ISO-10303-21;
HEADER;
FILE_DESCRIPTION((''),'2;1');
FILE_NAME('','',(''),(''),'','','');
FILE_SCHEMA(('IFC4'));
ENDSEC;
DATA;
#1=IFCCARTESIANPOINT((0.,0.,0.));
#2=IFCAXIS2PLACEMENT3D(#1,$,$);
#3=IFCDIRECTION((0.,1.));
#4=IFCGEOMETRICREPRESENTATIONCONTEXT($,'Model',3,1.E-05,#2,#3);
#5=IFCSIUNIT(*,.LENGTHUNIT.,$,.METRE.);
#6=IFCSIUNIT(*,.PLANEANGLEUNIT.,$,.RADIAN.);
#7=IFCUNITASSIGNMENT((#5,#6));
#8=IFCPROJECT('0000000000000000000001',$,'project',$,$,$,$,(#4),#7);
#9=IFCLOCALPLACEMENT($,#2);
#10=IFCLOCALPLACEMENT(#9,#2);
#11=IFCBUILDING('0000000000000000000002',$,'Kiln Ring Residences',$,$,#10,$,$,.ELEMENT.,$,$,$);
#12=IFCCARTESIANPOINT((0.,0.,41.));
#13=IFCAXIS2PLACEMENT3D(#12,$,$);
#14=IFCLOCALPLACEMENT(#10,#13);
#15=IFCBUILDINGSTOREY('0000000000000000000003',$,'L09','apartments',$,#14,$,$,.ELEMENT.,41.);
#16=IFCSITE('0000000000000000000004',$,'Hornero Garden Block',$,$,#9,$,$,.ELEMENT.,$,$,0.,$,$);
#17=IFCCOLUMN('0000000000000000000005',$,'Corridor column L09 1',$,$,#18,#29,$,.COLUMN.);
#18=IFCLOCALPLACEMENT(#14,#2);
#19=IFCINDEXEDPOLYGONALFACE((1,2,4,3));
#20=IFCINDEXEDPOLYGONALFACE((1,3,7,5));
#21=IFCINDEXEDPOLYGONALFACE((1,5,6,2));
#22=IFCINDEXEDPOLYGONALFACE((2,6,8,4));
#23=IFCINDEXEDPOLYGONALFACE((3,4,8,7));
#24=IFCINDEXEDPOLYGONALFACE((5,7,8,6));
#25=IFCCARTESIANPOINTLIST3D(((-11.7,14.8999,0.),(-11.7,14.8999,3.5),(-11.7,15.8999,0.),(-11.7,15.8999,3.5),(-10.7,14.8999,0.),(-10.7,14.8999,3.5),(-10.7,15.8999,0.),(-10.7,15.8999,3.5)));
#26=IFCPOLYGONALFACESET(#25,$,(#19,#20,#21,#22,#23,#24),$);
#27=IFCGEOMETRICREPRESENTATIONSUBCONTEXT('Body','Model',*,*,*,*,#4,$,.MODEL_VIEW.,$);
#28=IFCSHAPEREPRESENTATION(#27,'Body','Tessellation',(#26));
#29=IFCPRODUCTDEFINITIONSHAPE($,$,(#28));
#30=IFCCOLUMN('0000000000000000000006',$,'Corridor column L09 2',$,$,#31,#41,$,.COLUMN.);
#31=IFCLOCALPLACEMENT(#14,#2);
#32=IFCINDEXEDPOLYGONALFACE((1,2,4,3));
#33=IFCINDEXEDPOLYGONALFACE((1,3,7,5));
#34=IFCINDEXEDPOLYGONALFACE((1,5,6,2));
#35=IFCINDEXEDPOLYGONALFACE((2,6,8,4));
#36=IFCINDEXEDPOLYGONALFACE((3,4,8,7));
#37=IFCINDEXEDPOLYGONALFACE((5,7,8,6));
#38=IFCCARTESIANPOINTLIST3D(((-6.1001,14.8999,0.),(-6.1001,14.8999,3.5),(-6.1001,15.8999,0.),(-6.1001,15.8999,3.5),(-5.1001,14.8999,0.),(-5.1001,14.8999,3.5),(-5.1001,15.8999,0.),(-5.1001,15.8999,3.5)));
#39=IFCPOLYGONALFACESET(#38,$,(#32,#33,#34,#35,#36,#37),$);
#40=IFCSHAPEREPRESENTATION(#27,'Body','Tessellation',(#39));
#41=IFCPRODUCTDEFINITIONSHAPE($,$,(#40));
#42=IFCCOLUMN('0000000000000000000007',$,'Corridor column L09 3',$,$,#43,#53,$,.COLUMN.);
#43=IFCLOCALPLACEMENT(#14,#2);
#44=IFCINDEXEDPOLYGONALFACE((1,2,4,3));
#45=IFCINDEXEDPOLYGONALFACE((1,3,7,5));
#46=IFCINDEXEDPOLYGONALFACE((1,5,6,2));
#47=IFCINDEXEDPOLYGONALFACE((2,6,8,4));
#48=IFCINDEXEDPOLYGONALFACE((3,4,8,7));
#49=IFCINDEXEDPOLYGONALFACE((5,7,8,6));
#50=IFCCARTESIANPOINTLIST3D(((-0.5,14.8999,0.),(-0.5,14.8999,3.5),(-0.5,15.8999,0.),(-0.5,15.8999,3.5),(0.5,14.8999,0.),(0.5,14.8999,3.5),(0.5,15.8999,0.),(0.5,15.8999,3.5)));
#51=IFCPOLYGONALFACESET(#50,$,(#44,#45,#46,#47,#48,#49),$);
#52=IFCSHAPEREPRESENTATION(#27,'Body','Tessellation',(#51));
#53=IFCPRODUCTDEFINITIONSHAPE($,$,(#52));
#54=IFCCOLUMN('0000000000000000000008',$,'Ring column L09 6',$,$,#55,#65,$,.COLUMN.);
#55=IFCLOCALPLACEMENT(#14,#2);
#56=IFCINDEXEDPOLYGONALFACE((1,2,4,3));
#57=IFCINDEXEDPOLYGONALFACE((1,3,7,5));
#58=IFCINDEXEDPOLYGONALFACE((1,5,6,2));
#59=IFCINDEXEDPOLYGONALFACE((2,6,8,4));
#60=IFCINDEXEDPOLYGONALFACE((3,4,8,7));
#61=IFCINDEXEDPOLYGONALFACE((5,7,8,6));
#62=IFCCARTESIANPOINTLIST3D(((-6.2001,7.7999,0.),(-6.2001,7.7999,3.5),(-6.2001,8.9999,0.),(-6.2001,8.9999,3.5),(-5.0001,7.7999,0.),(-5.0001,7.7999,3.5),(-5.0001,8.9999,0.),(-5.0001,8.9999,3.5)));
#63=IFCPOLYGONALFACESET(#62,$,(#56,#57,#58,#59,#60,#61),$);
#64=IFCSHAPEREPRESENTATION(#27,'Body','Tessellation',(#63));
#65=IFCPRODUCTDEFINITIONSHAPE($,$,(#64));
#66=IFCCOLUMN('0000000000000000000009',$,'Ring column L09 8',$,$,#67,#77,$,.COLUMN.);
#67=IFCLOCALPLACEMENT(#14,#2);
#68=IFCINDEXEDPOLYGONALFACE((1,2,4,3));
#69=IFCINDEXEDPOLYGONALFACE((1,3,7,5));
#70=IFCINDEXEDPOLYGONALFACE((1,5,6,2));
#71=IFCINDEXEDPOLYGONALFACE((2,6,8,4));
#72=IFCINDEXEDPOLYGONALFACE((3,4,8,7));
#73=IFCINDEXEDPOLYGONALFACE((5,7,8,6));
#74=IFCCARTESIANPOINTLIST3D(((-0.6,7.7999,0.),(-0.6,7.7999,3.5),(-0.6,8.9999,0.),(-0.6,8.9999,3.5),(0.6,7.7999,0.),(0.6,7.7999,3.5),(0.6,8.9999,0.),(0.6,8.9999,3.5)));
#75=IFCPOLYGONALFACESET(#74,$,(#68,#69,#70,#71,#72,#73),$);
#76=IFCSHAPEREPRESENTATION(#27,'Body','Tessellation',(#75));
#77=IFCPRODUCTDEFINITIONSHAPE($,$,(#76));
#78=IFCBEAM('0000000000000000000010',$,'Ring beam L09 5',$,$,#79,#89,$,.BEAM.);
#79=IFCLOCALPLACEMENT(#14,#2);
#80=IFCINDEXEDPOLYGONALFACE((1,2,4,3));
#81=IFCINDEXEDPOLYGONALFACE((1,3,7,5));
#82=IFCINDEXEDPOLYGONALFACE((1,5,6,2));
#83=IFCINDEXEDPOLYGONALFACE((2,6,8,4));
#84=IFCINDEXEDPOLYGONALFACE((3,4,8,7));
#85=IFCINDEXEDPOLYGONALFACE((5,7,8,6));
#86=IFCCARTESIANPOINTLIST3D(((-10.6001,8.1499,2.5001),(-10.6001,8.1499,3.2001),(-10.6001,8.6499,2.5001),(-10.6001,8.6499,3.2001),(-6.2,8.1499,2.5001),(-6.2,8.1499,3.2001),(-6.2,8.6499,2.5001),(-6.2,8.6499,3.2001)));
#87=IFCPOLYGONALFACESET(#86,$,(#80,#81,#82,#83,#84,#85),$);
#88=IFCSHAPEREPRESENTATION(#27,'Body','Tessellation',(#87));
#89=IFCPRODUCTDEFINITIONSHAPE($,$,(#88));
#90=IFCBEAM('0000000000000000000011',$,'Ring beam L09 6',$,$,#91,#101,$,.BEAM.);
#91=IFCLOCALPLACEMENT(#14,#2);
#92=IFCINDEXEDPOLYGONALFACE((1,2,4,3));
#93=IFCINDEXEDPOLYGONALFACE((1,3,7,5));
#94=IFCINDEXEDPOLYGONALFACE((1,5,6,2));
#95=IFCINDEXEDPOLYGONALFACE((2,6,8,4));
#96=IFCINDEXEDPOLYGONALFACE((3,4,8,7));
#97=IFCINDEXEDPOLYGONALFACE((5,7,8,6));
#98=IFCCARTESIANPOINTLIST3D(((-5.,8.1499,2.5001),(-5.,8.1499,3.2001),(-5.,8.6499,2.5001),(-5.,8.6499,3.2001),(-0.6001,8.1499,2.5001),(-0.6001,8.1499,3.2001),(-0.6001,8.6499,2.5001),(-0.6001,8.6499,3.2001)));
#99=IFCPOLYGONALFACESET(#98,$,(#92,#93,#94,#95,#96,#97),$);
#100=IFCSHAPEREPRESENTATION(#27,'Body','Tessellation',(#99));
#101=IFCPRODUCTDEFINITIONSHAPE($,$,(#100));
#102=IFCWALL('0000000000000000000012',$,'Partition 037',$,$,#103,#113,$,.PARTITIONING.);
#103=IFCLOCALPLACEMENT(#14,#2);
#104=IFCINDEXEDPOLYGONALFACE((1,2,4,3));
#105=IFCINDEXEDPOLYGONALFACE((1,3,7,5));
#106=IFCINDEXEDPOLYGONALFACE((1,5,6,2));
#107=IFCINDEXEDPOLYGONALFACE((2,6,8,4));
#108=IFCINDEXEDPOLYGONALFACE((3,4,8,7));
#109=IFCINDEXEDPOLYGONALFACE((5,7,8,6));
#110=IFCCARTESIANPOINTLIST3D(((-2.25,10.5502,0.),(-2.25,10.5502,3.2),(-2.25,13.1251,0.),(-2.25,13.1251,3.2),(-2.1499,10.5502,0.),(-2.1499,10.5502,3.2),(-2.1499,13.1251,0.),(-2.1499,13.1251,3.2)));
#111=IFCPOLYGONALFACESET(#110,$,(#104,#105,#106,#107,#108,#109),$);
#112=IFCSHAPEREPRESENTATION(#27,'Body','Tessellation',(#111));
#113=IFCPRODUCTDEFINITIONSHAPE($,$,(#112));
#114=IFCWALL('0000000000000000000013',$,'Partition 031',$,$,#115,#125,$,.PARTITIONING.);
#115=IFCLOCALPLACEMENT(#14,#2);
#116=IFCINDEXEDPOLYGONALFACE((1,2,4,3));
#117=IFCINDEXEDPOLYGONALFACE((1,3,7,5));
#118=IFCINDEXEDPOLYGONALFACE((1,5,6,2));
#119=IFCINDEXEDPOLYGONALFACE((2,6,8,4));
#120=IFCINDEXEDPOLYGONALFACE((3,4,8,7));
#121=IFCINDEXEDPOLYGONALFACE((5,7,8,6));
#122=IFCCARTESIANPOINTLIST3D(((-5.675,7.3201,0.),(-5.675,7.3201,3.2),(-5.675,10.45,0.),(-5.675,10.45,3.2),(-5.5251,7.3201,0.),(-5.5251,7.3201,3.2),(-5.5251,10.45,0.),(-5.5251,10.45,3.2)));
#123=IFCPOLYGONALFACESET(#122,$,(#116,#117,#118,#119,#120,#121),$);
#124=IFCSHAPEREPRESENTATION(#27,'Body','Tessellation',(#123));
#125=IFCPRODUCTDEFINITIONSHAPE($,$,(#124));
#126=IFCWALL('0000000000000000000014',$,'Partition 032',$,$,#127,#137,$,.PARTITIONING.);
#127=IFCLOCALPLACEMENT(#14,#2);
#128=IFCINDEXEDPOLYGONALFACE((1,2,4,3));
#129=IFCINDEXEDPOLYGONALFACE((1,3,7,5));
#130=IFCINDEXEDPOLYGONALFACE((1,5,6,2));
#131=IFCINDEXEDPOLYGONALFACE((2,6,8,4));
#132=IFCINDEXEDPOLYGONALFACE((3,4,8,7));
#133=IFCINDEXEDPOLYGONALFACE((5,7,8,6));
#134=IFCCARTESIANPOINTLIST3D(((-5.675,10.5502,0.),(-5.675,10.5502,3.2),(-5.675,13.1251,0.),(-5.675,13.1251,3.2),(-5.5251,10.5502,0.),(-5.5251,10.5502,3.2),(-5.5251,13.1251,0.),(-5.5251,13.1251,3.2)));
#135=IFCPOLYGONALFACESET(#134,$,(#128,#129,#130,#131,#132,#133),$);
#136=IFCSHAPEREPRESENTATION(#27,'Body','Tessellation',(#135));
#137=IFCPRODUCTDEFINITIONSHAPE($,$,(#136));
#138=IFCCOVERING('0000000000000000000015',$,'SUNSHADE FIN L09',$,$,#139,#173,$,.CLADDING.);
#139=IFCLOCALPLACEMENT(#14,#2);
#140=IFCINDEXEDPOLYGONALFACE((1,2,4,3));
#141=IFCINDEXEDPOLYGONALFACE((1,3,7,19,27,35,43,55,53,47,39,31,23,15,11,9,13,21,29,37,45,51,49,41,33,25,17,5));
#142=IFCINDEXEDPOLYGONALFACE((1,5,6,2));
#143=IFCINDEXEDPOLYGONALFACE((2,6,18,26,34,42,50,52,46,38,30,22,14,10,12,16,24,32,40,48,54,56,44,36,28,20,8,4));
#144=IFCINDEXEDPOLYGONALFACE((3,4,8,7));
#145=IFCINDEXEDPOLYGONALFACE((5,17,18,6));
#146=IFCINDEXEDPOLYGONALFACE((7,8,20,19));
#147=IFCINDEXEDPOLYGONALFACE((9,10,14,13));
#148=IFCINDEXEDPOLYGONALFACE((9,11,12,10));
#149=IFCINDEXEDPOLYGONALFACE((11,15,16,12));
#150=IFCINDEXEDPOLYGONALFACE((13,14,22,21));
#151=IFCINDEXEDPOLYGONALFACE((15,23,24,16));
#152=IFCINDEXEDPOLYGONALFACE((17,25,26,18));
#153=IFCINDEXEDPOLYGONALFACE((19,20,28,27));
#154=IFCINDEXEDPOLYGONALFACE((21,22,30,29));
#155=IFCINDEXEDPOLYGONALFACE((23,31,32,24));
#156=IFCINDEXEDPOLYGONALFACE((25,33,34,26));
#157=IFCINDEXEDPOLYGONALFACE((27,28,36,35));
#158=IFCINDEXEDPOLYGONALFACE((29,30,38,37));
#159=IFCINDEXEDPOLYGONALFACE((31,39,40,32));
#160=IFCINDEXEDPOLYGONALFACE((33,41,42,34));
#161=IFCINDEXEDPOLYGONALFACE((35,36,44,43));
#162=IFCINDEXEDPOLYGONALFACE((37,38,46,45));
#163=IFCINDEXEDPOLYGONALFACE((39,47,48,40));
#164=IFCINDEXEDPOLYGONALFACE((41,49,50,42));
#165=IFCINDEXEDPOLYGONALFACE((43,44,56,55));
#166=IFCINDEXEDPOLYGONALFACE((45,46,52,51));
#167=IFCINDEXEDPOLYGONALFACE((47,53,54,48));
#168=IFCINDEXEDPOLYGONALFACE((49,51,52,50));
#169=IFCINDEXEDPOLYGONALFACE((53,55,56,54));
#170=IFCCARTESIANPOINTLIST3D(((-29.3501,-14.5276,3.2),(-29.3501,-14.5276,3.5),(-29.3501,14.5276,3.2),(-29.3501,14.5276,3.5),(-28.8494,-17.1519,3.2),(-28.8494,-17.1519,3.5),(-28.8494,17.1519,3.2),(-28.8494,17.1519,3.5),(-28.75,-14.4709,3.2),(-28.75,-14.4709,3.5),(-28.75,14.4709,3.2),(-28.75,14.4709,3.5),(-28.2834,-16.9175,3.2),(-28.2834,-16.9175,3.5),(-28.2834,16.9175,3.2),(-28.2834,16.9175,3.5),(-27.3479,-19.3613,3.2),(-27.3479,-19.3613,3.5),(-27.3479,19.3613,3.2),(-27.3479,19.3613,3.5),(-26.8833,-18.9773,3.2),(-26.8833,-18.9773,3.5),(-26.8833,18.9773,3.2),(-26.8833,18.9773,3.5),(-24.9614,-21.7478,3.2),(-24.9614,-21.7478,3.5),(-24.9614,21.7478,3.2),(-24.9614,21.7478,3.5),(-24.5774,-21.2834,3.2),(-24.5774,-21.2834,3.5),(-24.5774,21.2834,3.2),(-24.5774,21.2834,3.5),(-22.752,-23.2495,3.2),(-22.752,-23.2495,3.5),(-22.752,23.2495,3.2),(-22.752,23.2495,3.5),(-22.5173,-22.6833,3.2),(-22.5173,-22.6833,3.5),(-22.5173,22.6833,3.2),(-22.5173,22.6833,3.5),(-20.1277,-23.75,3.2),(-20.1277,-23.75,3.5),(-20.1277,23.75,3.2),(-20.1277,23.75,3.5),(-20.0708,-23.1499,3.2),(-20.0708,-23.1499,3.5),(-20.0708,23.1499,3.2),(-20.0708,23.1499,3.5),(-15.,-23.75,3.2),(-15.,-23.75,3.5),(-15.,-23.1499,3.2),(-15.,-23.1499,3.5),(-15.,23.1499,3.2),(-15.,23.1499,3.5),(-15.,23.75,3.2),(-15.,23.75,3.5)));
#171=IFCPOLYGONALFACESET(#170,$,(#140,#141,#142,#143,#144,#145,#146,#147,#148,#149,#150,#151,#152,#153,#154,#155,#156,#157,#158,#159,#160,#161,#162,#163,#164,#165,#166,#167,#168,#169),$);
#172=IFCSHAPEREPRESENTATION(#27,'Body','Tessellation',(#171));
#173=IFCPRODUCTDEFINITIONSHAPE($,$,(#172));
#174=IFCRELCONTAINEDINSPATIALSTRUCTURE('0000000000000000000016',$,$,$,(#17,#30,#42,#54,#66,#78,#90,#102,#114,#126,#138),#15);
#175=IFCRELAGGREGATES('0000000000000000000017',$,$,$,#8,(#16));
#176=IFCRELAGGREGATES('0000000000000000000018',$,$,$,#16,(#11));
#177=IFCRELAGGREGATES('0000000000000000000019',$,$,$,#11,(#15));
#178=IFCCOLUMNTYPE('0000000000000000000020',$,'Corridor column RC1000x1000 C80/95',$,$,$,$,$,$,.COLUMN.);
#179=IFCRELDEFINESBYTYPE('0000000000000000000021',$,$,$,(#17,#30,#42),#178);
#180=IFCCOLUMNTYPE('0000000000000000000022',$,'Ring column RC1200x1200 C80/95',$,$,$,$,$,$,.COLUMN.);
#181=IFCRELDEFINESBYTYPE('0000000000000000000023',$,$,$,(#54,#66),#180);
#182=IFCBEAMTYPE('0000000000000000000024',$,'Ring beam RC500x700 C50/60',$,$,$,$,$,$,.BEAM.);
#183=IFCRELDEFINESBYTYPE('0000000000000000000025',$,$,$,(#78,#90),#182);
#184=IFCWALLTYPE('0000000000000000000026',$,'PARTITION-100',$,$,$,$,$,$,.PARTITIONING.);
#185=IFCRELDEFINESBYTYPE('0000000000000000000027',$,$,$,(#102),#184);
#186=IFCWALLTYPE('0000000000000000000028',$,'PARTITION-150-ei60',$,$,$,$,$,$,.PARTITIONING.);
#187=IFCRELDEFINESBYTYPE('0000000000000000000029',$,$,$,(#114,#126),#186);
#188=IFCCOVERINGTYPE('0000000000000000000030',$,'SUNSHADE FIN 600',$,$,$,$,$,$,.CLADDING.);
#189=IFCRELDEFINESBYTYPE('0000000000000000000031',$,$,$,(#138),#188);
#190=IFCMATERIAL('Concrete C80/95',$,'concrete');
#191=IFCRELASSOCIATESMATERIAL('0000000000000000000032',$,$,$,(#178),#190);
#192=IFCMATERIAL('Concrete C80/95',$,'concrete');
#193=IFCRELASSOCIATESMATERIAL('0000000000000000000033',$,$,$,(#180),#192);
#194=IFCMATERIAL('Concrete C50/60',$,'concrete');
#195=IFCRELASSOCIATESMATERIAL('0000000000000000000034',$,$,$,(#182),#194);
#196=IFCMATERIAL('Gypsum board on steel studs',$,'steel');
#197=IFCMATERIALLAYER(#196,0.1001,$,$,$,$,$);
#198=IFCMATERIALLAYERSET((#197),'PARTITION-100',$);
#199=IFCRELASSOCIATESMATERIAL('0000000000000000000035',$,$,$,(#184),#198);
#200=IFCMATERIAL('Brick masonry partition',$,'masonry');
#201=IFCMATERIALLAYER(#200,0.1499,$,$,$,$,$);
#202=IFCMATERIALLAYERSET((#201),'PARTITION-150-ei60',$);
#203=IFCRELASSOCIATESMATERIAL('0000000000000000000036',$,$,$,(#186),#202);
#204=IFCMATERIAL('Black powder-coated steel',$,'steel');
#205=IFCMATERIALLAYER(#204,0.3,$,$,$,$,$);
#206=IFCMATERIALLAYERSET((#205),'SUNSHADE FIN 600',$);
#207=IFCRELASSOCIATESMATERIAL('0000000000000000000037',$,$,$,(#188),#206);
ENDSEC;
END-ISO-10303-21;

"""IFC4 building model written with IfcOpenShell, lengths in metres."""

from ifc_helpers import new_model, si_unit, direction, frame, frame_2d, origin, origin_2d, place, context, subcontext, project, spatial, polyline, rectangle, outline, extrude, material, layer, layer_set, material_profile, profile_set, type_object, element, save


model = new_model("IFC4")

# Units and contexts
model_context = context("Model", 3, precision=1e-05, world=origin(), true_north=direction((0.0, 1.0)))
body_context = subcontext(model_context, "Body", "Model", "MODEL_VIEW")
ifc_project = project(units=[si_unit("LENGTHUNIT", "METRE"), si_unit("PLANEANGLEUNIT", "RADIAN")], contexts=[model_context])

# Site, building, storey
site_placement = place(None, origin())
site = spatial("IfcSite", under=ifc_project, at=site_placement, Name="Hornero Garden Block", CompositionType="ELEMENT", RefElevation=0.0)
building_placement = place(site_placement, origin())
building = spatial("IfcBuilding", under=site, at=building_placement, Name="Kiln Ring Residences", CompositionType="ELEMENT")
storey_placement = place(building_placement, frame((0.0, 0.0, 41.0)))
storey = spatial("IfcBuildingStorey", under=building, at=storey_placement, Name="L09", Description="apartments", CompositionType="ELEMENT", Elevation=41.0)

# Columns
ifc_material_1 = material(Name="Concrete C80/95", Category="concrete")
ifc_material_profile_1 = material_profile(ifc_material_1, rectangle(XDim=1.0, YDim=1.0, at=origin_2d()), Name="RC1000x1000")
ifc_profile_set_1 = profile_set([ifc_material_profile_1], Name="Concrete C80/95")
column_type_1 = type_object("IfcColumnType", Name="Corridor column RC1000x1000 C80/95", PredefinedType="COLUMN", material=ifc_profile_set_1)
for number, where, z_axis, x_axis, name in (
    (1, (-11.2, 15.3999, 0.0), (0.0, 0.0, 1.0), (1.0, 0.0, 0.0), "Corridor column L09 1"),
    (2, (-5.6001, 15.3999, 0.0), (0.0, 0.0, 1.0), (1.0, 0.0, 0.0), "Corridor column L09 2"),
    (3, (0.0, 15.3999, 0.0), (0.0, 0.0, 1.0), (1.0, 0.0, 0.0), "Corridor column L09 3"),
):
    element("IfcColumn", number, at=place(storey_placement, frame(where, z_axis=z_axis, x_axis=x_axis)), inside=storey, type_object=column_type_1, Name=name, PredefinedType="COLUMN", context=body_context, shape_type="SweptSolid", body=[
        extrude(rectangle(XDim=1.0, YDim=1.0, at=origin_2d()), origin(), (0.0, 0.0, 1.0), 3.5),
    ])
ifc_material_2 = material(Name="Concrete C80/95", Category="concrete")
ifc_material_profile_2 = material_profile(ifc_material_2, rectangle(XDim=1.2, YDim=1.2, at=origin_2d()), Name="RC1200x1200")
ifc_profile_set_2 = profile_set([ifc_material_profile_2], Name="Concrete C80/95")
column_type_2 = type_object("IfcColumnType", Name="Ring column RC1200x1200 C80/95", PredefinedType="COLUMN", material=ifc_profile_set_2)
for number, where, z_axis, x_axis, name in (
    (4, (-5.6001, 8.3999, 0.0), (0.0, 0.0, 1.0), (1.0, 0.0, 0.0), "Ring column L09 6"),
    (5, (0.0, 8.3999, 0.0), (0.0, 0.0, 1.0), (1.0, 0.0, 0.0), "Ring column L09 8"),
):
    element("IfcColumn", number, at=place(storey_placement, frame(where, z_axis=z_axis, x_axis=x_axis)), inside=storey, type_object=column_type_2, Name=name, PredefinedType="COLUMN", context=body_context, shape_type="SweptSolid", body=[
        extrude(rectangle(XDim=1.2, YDim=1.2, at=origin_2d()), origin(), (0.0, 0.0, 1.0), 3.5),
    ])

# Beams
ifc_material_3 = material(Name="Concrete C50/60", Category="concrete")
ifc_material_profile_3 = material_profile(ifc_material_3, rectangle(XDim=0.5, YDim=0.7, at=origin_2d()), Name="RC500x700")
ifc_profile_set_3 = profile_set([ifc_material_profile_3], Name="Concrete C50/60")
beam_type = type_object("IfcBeamType", Name="Ring beam RC500x700 C50/60", PredefinedType="BEAM", material=ifc_profile_set_3)
beam_1_placement = place(storey_placement, frame((-10.6001, 8.3999, 2.8501), z_axis=(1.0, 0.0, 0.0), x_axis=(0.0, 1.0, 0.0)))
element("IfcBeam", 6, at=beam_1_placement, inside=storey, type_object=beam_type, Name="Ring beam L09 5", PredefinedType="BEAM", context=body_context, shape_type="SweptSolid", body=[
    extrude(rectangle(XDim=0.5, YDim=0.7, at=origin_2d()), origin(), (0.0, 0.0, 1.0), 4.4001),
])
beam_2_placement = place(storey_placement, frame((-5.0, 8.3999, 2.8501), z_axis=(1.0, 0.0, 0.0), x_axis=(0.0, 1.0, 0.0)))
element("IfcBeam", 7, at=beam_2_placement, inside=storey, type_object=beam_type, Name="Ring beam L09 6", PredefinedType="BEAM", context=body_context, shape_type="SweptSolid", body=[
    extrude(rectangle(XDim=0.5, YDim=0.7, at=origin_2d()), origin(), (0.0, 0.0, 1.0), 4.3999),
])

# Walls
ifc_material_4 = material(Name="Gypsum board on steel studs", Category="steel")
ifc_layer_1 = layer(ifc_material_4, 0.1001)
ifc_layer_set_1 = layer_set([ifc_layer_1], Name="PARTITION-100")
wall_type_1 = type_object("IfcWallType", Name="PARTITION-100", PredefinedType="PARTITIONING", material=ifc_layer_set_1)
wall_1_placement = place(storey_placement, frame((-2.2, 10.55, 0.0), z_axis=(0.0, 0.0, 1.0), x_axis=(0.0, 1.0, 0.0)))
element("IfcWall", 8, at=wall_1_placement, inside=storey, type_object=wall_type_1, Name="Partition 037", PredefinedType="PARTITIONING", context=body_context, shape_type="SweptSolid", body=[
    extrude(rectangle(XDim=2.575, YDim=0.1001, at=frame_2d((1.2876, 0.0))), origin(), (0.0, 0.0, 1.0), 3.2),
])
ifc_material_5 = material(Name="Brick masonry partition", Category="masonry")
ifc_layer_2 = layer(ifc_material_5, 0.1499)
ifc_layer_set_2 = layer_set([ifc_layer_2], Name="PARTITION-150-ei60")
wall_type_2 = type_object("IfcWallType", Name="PARTITION-150-ei60", PredefinedType="PARTITIONING", material=ifc_layer_set_2)
wall_2_placement = place(storey_placement, frame((-5.6001, 7.3201, 0.0), z_axis=(0.0, 0.0, 1.0), x_axis=(0.0, 1.0, 0.0)))
element("IfcWall", 9, at=wall_2_placement, inside=storey, type_object=wall_type_2, Name="Partition 031", PredefinedType="PARTITIONING", context=body_context, shape_type="SweptSolid", body=[
    extrude(rectangle(XDim=3.1299, YDim=0.1499, at=frame_2d((1.5649, 0.0))), origin(), (0.0, 0.0, 1.0), 3.2),
])
wall_3_placement = place(storey_placement, frame((-5.6001, 10.55, 0.0), z_axis=(0.0, 0.0, 1.0), x_axis=(0.0, 1.0, 0.0)))
element("IfcWall", 10, at=wall_3_placement, inside=storey, type_object=wall_type_2, Name="Partition 032", PredefinedType="PARTITIONING", context=body_context, shape_type="SweptSolid", body=[
    extrude(rectangle(XDim=2.575, YDim=0.1499, at=frame_2d((1.2876, 0.0))), origin(), (0.0, 0.0, 1.0), 3.2),
])

# Covering
ifc_material_6 = material(Name="Black powder-coated steel", Category="steel")
ifc_layer_3 = layer(ifc_material_6, 0.3)
ifc_layer_set_3 = layer_set([ifc_layer_3], Name="SUNSHADE FIN 600")
covering_type = type_object("IfcCoveringType", Name="SUNSHADE FIN 600", PredefinedType="CLADDING", material=ifc_layer_set_3)
covering_placement = place(storey_placement, frame((0.0, 0.0, 3.2)))
element("IfcCovering", 11, at=covering_placement, inside=storey, type_object=covering_type, Name="SUNSHADE FIN L09", PredefinedType="CLADDING", context=body_context, shape_type="SweptSolid", body=[
    extrude(outline(polyline([(-29.3501, -14.5276), (-28.8494, -17.1519), (-27.3479, -19.3613), (-24.9614, -21.7478), (-22.752, -23.2495), (-20.1277, -23.75), (-15.0, -23.75), (-15.0, -23.1499), (-20.0708, -23.1499), (-22.5173, -22.6833), (-24.5774, -21.2834), (-26.8833, -18.9773), (-28.2834, -16.9175), (-28.75, -14.4709), (-28.75, 14.4709), (-28.2834, 16.9175), (-26.8833, 18.9773), (-24.5774, 21.2834), (-22.5173, 22.6833), (-20.0708, 23.1499), (-15.0, 23.1499), (-15.0, 23.75), (-20.1277, 23.75), (-22.752, 23.2495), (-24.9614, 21.7478), (-27.3479, 19.3613), (-28.8494, 17.1519), (-29.3501, 14.5276), (-29.3501, -14.5276)])), origin(), (0.0, 0.0, 1.0), 0.3),
])

save(model, "model.ifc")
